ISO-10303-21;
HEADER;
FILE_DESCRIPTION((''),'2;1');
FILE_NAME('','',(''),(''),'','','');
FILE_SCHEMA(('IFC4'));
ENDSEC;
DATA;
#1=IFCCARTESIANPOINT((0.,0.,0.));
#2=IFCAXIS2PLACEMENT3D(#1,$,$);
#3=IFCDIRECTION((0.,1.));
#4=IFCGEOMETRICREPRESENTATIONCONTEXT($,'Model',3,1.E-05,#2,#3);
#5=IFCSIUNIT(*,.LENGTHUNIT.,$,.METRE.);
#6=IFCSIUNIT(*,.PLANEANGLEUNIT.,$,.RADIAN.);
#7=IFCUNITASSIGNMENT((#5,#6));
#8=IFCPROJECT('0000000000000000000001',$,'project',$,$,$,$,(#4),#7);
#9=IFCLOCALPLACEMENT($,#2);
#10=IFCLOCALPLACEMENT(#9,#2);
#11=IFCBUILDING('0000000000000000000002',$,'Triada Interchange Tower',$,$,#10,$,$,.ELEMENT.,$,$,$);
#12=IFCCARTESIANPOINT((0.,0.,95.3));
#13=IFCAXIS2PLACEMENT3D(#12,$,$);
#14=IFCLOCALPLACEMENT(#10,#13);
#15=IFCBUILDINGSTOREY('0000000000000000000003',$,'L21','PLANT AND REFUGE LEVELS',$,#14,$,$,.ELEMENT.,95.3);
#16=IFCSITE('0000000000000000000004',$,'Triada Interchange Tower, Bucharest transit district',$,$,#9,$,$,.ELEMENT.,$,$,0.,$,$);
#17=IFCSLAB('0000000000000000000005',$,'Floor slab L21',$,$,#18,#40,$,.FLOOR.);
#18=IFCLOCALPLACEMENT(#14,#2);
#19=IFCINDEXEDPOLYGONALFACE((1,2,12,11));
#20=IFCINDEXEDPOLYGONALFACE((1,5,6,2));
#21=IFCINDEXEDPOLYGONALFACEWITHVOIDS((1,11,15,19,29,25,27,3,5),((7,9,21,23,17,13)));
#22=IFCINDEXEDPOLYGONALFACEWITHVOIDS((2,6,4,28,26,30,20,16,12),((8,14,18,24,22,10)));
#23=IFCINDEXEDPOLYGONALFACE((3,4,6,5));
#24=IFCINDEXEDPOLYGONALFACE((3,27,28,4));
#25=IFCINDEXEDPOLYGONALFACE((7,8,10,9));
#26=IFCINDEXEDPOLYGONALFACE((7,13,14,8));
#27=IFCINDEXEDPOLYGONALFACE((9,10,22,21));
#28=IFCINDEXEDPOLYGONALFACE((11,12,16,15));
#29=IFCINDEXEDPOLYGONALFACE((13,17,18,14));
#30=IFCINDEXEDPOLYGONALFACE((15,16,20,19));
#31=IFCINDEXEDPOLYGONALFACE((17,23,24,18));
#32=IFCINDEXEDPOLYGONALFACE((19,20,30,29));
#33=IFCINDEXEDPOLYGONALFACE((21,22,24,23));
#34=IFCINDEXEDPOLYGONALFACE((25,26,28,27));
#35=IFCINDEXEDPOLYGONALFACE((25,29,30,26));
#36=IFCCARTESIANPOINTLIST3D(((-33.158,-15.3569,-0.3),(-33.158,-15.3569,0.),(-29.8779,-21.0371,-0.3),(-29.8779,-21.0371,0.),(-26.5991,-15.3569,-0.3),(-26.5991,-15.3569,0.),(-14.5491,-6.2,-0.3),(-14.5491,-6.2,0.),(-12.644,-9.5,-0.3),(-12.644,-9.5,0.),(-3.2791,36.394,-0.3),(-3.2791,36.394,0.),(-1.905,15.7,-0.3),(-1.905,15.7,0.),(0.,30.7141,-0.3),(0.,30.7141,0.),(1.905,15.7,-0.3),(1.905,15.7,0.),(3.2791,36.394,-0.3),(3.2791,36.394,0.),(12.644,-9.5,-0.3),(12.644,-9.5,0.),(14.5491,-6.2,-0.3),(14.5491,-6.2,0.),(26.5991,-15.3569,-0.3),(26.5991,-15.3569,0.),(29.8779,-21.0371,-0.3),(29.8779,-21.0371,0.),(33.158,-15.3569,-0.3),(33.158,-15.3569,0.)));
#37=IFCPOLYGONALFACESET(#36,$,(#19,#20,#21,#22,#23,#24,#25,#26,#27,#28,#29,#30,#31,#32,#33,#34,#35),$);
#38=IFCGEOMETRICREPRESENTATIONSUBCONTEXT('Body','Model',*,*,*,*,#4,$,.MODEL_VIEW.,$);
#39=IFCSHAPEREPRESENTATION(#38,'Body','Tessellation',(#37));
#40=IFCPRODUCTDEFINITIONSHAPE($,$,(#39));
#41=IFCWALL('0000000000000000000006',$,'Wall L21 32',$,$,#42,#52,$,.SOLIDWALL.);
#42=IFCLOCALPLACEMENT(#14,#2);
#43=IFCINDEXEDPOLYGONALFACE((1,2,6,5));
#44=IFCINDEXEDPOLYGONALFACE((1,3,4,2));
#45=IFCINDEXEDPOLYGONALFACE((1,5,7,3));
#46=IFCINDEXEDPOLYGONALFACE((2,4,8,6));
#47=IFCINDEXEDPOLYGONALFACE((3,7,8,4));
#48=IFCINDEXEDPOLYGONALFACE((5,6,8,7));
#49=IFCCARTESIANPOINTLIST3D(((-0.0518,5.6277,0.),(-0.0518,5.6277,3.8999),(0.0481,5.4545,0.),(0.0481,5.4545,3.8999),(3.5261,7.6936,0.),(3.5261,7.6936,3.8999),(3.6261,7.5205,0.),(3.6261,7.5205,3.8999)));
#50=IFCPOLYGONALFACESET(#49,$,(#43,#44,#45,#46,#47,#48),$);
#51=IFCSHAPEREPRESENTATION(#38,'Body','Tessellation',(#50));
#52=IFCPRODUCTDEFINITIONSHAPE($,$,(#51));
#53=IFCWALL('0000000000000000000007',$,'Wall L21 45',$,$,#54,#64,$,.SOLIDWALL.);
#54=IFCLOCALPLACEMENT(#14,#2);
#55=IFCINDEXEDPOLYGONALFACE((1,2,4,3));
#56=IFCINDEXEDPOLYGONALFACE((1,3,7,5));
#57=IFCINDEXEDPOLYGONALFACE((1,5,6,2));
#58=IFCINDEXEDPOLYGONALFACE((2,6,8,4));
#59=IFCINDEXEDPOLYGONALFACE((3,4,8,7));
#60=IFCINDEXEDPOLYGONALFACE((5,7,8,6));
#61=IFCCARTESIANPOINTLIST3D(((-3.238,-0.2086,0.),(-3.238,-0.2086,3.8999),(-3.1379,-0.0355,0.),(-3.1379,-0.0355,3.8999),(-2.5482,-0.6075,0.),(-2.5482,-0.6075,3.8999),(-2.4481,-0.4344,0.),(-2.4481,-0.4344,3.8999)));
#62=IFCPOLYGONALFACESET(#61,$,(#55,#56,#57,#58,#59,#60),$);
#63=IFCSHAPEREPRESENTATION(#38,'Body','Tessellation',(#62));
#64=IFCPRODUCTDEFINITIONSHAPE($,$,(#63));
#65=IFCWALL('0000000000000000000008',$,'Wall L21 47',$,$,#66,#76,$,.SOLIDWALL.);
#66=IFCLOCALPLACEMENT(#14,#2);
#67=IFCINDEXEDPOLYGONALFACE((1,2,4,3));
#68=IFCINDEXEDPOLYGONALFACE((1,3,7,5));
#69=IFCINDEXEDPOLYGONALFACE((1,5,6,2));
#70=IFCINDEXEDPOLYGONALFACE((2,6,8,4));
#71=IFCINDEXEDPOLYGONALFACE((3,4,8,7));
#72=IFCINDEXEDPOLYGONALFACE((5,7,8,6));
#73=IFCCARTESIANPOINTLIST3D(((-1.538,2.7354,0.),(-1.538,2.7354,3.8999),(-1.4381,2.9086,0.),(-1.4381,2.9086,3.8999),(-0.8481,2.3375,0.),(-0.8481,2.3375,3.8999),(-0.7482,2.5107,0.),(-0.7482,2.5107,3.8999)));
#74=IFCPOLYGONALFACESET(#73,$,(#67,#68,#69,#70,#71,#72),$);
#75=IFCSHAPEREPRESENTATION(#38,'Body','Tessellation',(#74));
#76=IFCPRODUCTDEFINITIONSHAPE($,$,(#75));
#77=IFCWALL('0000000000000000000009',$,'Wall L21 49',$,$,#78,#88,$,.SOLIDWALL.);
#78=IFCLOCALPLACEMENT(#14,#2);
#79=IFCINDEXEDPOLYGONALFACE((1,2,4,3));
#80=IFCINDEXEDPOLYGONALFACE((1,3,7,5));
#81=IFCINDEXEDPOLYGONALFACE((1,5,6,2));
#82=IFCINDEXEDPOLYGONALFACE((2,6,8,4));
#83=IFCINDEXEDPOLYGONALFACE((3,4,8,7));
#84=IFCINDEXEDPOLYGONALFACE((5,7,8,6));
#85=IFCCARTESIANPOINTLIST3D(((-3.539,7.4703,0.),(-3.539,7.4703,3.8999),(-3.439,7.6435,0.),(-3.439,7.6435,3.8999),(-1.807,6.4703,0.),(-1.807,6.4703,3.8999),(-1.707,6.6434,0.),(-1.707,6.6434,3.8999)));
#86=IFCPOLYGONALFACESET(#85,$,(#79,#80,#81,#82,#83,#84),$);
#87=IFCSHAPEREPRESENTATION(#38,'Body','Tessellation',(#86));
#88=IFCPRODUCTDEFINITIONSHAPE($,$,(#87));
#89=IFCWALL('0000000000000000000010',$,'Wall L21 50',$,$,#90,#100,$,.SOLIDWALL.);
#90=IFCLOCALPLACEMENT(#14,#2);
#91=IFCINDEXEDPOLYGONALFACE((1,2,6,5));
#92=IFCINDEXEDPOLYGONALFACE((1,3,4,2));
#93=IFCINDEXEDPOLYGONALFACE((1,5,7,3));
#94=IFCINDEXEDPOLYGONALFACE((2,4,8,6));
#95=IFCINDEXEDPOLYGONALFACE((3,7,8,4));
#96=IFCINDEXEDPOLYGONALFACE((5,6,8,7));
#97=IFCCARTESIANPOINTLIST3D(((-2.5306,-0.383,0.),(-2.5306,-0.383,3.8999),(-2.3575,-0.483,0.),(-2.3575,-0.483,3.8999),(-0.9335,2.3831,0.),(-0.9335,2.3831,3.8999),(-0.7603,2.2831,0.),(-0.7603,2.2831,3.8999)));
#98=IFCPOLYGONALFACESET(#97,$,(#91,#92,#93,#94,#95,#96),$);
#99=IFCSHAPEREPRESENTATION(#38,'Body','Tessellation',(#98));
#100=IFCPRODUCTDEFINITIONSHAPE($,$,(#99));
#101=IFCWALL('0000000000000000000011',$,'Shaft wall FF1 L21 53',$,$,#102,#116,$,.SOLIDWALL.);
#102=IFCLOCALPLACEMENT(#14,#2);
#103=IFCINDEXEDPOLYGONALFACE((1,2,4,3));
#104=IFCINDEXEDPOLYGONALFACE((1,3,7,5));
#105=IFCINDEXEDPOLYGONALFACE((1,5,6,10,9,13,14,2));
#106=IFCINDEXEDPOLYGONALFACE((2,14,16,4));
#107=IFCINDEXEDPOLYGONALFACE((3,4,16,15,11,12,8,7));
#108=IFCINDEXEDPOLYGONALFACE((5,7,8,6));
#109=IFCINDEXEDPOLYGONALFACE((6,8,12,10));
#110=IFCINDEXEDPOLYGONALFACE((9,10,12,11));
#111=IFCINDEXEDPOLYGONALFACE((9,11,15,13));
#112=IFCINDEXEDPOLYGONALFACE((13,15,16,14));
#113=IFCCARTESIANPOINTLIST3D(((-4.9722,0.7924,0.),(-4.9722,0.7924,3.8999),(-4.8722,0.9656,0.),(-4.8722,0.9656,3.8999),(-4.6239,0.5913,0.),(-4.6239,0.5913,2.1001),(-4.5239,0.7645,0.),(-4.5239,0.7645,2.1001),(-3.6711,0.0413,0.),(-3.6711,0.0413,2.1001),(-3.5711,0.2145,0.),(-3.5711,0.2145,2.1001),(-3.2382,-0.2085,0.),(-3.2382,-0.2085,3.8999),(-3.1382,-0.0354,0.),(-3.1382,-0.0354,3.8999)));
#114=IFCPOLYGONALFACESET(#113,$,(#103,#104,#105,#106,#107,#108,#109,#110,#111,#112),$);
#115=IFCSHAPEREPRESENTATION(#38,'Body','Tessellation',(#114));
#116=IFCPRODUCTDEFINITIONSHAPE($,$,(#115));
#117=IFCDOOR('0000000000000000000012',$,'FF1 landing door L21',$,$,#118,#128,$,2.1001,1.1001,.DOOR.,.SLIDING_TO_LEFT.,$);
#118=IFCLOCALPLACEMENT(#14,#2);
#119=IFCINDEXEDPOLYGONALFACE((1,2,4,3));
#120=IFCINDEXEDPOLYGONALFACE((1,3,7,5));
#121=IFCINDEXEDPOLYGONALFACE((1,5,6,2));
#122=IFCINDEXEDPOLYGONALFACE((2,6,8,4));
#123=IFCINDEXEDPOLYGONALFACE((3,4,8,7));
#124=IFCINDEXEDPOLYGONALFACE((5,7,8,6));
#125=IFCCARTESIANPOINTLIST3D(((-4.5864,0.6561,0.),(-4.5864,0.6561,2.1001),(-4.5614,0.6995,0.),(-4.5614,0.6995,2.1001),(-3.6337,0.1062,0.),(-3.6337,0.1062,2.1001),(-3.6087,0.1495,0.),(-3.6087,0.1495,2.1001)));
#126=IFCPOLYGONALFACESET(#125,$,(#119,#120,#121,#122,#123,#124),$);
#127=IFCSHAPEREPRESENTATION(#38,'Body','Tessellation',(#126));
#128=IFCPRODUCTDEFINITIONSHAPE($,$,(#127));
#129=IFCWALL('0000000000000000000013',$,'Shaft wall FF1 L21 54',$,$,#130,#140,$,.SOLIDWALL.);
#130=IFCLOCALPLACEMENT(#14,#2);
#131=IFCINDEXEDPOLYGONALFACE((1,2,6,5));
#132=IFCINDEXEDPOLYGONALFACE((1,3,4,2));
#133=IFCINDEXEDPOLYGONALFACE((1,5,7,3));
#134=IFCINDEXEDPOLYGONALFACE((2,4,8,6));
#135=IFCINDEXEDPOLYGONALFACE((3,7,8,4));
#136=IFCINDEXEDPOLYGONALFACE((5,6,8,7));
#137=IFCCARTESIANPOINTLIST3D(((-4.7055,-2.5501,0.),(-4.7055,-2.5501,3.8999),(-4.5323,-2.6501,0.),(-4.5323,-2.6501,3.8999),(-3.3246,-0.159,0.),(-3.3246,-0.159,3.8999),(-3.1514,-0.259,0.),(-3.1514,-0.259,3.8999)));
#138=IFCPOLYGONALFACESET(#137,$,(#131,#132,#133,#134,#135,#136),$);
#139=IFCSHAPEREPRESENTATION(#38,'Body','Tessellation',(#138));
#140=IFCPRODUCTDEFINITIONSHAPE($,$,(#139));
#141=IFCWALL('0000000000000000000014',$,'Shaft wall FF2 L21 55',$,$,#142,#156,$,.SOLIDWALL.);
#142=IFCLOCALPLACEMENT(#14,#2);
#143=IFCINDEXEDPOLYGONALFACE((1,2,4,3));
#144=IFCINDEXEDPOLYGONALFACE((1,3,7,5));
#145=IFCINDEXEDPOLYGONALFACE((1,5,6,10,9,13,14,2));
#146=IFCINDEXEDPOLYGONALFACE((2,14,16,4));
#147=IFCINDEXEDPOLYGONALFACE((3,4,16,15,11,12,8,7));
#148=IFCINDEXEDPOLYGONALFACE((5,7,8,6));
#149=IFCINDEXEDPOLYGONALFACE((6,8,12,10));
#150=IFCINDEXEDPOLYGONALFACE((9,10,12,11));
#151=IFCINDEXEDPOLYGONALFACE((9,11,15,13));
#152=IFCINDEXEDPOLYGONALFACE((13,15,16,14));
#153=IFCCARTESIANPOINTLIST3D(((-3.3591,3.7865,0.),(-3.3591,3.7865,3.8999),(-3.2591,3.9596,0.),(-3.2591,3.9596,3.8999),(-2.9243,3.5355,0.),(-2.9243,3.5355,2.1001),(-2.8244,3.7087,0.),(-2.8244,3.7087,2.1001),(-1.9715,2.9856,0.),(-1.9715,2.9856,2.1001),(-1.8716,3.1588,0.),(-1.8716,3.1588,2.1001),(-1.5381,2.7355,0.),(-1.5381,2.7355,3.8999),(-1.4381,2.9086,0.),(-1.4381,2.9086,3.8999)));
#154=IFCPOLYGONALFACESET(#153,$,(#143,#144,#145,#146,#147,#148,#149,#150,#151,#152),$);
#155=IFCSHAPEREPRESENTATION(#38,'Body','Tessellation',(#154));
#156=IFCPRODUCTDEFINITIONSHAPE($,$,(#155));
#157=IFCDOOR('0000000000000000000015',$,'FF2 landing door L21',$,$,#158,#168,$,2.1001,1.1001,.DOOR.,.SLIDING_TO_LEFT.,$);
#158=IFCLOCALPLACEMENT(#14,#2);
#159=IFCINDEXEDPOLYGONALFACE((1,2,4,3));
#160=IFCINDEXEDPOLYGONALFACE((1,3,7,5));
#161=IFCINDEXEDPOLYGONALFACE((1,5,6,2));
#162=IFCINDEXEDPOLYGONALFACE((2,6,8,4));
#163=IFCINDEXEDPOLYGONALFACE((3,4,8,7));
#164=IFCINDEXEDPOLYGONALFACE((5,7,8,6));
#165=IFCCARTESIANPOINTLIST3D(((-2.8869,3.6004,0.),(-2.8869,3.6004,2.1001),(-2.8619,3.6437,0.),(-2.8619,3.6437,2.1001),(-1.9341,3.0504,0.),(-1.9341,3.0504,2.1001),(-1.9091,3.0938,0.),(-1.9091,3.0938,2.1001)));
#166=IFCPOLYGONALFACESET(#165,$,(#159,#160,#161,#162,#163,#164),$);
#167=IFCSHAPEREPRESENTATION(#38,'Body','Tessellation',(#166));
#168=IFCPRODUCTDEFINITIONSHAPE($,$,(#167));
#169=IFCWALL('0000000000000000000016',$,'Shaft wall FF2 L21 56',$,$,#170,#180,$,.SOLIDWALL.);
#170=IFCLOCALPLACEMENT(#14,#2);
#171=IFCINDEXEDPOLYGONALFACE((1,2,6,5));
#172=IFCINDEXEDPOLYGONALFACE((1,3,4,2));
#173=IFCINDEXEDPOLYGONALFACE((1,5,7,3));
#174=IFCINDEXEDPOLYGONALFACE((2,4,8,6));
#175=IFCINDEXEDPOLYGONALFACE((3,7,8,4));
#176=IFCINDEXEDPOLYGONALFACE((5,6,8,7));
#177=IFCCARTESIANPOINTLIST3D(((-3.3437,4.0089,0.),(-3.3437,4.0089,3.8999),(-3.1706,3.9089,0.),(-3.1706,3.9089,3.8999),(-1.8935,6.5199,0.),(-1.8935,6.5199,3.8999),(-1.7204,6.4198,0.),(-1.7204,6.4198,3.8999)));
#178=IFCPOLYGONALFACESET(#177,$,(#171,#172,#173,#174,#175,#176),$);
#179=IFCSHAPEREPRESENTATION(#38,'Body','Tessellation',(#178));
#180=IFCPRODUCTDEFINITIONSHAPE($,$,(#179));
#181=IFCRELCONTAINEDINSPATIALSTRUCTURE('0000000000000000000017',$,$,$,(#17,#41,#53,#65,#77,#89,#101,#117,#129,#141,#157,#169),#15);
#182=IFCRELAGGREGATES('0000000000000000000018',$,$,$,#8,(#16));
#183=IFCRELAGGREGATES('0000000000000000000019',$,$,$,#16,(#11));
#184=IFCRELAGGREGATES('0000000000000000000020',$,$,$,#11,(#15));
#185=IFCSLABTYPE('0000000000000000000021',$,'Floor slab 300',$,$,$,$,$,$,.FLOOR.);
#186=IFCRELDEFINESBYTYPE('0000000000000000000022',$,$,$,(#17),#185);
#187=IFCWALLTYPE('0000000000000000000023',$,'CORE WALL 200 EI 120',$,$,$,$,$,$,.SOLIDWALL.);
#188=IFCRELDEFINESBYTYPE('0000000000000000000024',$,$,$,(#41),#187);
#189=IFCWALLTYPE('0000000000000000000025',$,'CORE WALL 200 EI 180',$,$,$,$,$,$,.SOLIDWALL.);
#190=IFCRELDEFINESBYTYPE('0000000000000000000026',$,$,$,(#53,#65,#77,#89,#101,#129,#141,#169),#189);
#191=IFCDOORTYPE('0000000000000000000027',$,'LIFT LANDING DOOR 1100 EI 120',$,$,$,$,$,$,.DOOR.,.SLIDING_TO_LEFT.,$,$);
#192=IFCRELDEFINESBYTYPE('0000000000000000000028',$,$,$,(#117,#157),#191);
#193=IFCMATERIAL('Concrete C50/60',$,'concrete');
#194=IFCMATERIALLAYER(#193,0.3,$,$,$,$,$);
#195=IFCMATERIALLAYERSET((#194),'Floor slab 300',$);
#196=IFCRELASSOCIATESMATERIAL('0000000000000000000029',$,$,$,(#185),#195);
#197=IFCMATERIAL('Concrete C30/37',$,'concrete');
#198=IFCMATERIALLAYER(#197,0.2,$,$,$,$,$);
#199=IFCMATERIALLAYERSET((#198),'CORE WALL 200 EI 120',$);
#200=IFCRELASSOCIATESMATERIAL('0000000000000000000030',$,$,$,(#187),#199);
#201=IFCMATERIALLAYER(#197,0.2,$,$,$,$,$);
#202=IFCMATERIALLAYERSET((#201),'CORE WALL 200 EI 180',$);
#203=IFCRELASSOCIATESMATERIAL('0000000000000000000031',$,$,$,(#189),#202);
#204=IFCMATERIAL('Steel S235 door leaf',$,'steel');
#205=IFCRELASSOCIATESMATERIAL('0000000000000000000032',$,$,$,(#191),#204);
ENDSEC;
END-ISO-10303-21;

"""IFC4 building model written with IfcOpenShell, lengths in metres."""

from ifc_helpers import new_model, si_unit, direction, frame, frame_2d, origin, place, context, subcontext, project, spatial, polyline, rectangle, outline, extrude, material, layer, layer_set, type_object, element, fill, save


model = new_model("IFC4")

# Units and contexts
model_context = context("Model", 3, precision=1e-05, world=origin(), true_north=direction((0.0, 1.0)))
body_context = subcontext(model_context, "Body", "Model", "MODEL_VIEW")
ifc_project = project(units=[si_unit("LENGTHUNIT", "METRE"), si_unit("PLANEANGLEUNIT", "RADIAN")], contexts=[model_context])

# Site, building, storey
site_placement = place(None, origin())
site = spatial("IfcSite", under=ifc_project, at=site_placement, Name="Triada Interchange Tower, Bucharest transit district", CompositionType="ELEMENT", RefElevation=0.0)
building_placement = place(site_placement, origin())
building = spatial("IfcBuilding", under=site, at=building_placement, Name="Triada Interchange Tower", CompositionType="ELEMENT")
storey_placement = place(building_placement, frame((0.0, 0.0, 95.3)))
storey = spatial("IfcBuildingStorey", under=building, at=storey_placement, Name="L21", Description="PLANT AND REFUGE LEVELS", CompositionType="ELEMENT", Elevation=95.3)

# Slab
ifc_material_1 = material(Name="Concrete C50/60", Category="concrete")
ifc_layer_1 = layer(ifc_material_1, 0.3)
ifc_layer_set_1 = layer_set([ifc_layer_1], Name="Floor slab 300")
slab_type = type_object("IfcSlabType", Name="Floor slab 300", PredefinedType="FLOOR", material=ifc_layer_set_1)
slab_placement = place(storey_placement, frame((0.0, 0.0, -0.3)))
element("IfcSlab", 1, at=slab_placement, inside=storey, type_object=slab_type, Name="Floor slab L21", PredefinedType="FLOOR", context=body_context, shape_type="SweptSolid", body=[
    extrude(outline(polyline([(-3.2791, 36.394), (-33.158, -15.3569), (-26.5991, -15.3569), (-29.8779, -21.0371), (29.8779, -21.0371), (26.5991, -15.3569), (33.158, -15.3569), (3.2791, 36.394), (0.0, 30.7141), (-3.2791, 36.394)]), holes=[polyline([(1.905, 15.7), (-1.905, 15.7), (-14.5491, -6.2), (-12.644, -9.5), (12.644, -9.5), (14.5491, -6.2), (1.905, 15.7)])]), origin(), (0.0, 0.0, 1.0), 0.3),
])

# Walls
ifc_material_2 = material(Name="Concrete C30/37", Category="concrete")
ifc_layer_2 = layer(ifc_material_2, 0.2)
ifc_layer_set_2 = layer_set([ifc_layer_2], Name="CORE WALL 200 EI 120")
wall_type_1 = type_object("IfcWallType", Name="CORE WALL 200 EI 120", PredefinedType="SOLIDWALL", material=ifc_layer_set_2)
wall_1_placement = place(storey_placement, frame((-0.002, 5.541, 0.0), z_axis=(0.0, 0.0, 1.0), x_axis=(0.866002, 0.500041, 0.0)))
element("IfcWall", 2, at=wall_1_placement, inside=storey, type_object=wall_type_1, Name="Wall L21 32", PredefinedType="SOLIDWALL", context=body_context, shape_type="SweptSolid", body=[
    extrude(rectangle(XDim=4.1316, YDim=0.2, at=frame_2d((2.0659, 0.0))), origin(), (0.0, 0.0, 1.0), 3.8999),
])
ifc_layer_3 = layer(ifc_material_2, 0.2)
ifc_layer_set_3 = layer_set([ifc_layer_3], Name="CORE WALL 200 EI 180")
wall_type_2 = type_object("IfcWallType", Name="CORE WALL 200 EI 180", PredefinedType="SOLIDWALL", material=ifc_layer_set_3)
wall_2_placement = place(storey_placement, frame((-3.188, -0.1221, 0.0), z_axis=(0.0, 0.0, 1.0), x_axis=(0.865706, -0.500553, 0.0)))
element("IfcWall", 3, at=wall_2_placement, inside=storey, type_object=wall_type_2, Name="Wall L21 45", PredefinedType="SOLIDWALL", context=body_context, shape_type="SweptSolid", body=[
    extrude(rectangle(XDim=0.7969, YDim=0.2, at=frame_2d((0.3984, 0.0))), origin(), (0.0, 0.0, 1.0), 3.8999),
])
wall_3_placement = place(storey_placement, frame((-1.488, 2.822, 0.0), z_axis=(0.0, 0.0, 1.0), x_axis=(0.866237, -0.499634, 0.0)))
element("IfcWall", 4, at=wall_3_placement, inside=storey, type_object=wall_type_2, Name="Wall L21 47", PredefinedType="SOLIDWALL", context=body_context, shape_type="SweptSolid", body=[
    extrude(rectangle(XDim=0.7964, YDim=0.2, at=frame_2d((0.3982, 0.0))), origin(), (0.0, 0.0, 1.0), 3.8999),
])
wall_4_placement = place(storey_placement, frame((-3.489, 7.5569, 0.0), z_axis=(0.0, 0.0, 1.0), x_axis=(0.866011, -0.500025, 0.0)))
element("IfcWall", 5, at=wall_4_placement, inside=storey, type_object=wall_type_2, Name="Wall L21 49", PredefinedType="SOLIDWALL", context=body_context, shape_type="SweptSolid", body=[
    extrude(rectangle(XDim=2.0, YDim=0.2, at=frame_2d((1.0, 0.0))), origin(), (0.0, 0.0, 1.0), 3.8999),
])
wall_5_placement = place(storey_placement, frame((-2.4441, -0.4331, 0.0), z_axis=(0.0, 0.0, 1.0), x_axis=(0.500036, 0.866005, 0.0)))
element("IfcWall", 6, at=wall_5_placement, inside=storey, type_object=wall_type_2, Name="Wall L21 50", PredefinedType="SOLIDWALL", context=body_context, shape_type="SweptSolid", body=[
    extrude(rectangle(XDim=3.1941, YDim=0.2, at=frame_2d((1.5972, 0.0))), origin(), (0.0, 0.0, 1.0), 3.8999),
])

# Wall, opening, door
wall_6_placement = place(storey_placement, frame((-4.9221, 0.8789, 0.0), z_axis=(0.0, 0.0, 1.0), x_axis=(0.866074, -0.499916, 0.0)))
wall_6 = element("IfcWall", 7, at=wall_6_placement, inside=storey, type_object=wall_type_2, Name="Shaft wall FF1 L21 53", PredefinedType="SOLIDWALL", context=body_context, shape_type="SweptSolid", body=[
    extrude(rectangle(XDim=2.0022, YDim=0.2, at=frame_2d((1.001, 0.0))), origin(), (0.0, 0.0, 1.0), 3.8999),
])
opening_1_placement = place(wall_6_placement, frame((0.4021, 0.0, 0.0)))
opening_1 = element("IfcOpeningElement", 8, at=opening_1_placement, cuts=wall_6, PredefinedType="OPENING", context=body_context, shape_type="SweptSolid", body=[
    extrude(rectangle(XDim=1.1001, YDim=2.1001, at=frame_2d((0.55, 1.05))), frame((0.0, 0.1099, 0.0), z_axis=(0.0, -1.0, 0.0), x_axis=(1.0, 0.0, 0.0)), (0.0, 0.0, 1.0), 0.22),
])
ifc_material_3 = material(Name="Steel S235 door leaf", Category="steel")
door_type = type_object("IfcDoorType", Name="LIFT LANDING DOOR 1100 EI 120", OperationType="SLIDING_TO_LEFT", PredefinedType="DOOR", material=ifc_material_3)
door_1_placement = place(opening_1_placement, origin())
door_1 = element("IfcDoor", 9, at=door_1_placement, inside=storey, type_object=door_type, Name="FF1 landing door L21", OperationType="SLIDING_TO_LEFT", OverallHeight=2.1001, OverallWidth=1.1001, PredefinedType="DOOR", context=body_context, shape_type="SweptSolid", body=[
    extrude(rectangle(XDim=1.1001, YDim=2.1001, at=frame_2d((0.55, 1.05))), frame((0.0, 0.0249, 0.0), z_axis=(0.0, -1.0, 0.0), x_axis=(1.0, 0.0, 0.0)), (0.0, 0.0, 1.0), 0.05),
])
fill(opening_1, door_1)

# Wall
wall_7_placement = place(storey_placement, frame((-4.6189, -2.6001, 0.0), z_axis=(0.0, 0.0, 1.0), x_axis=(0.500095, 0.865971, 0.0)))
element("IfcWall", 10, at=wall_7_placement, inside=storey, type_object=wall_type_2, Name="Shaft wall FF1 L21 54", PredefinedType="SOLIDWALL", context=body_context, shape_type="SweptSolid", body=[
    extrude(rectangle(XDim=2.7612, YDim=0.2, at=frame_2d((1.3806, 0.0))), origin(), (0.0, 0.0, 1.0), 3.8999),
])

# Wall, opening, door
wall_8_placement = place(storey_placement, frame((-3.3091, 3.873, 0.0), z_axis=(0.0, 0.0, 1.0), x_axis=(0.866099, -0.499873, 0.0)))
wall_8 = element("IfcWall", 11, at=wall_8_placement, inside=storey, type_object=wall_type_2, Name="Shaft wall FF2 L21 55", PredefinedType="SOLIDWALL", context=body_context, shape_type="SweptSolid", body=[
    extrude(rectangle(XDim=2.1025, YDim=0.2, at=frame_2d((1.0513, 0.0))), origin(), (0.0, 0.0, 1.0), 3.8999),
])
opening_2_placement = place(wall_8_placement, frame((0.502, 0.0, 0.0)))
opening_2 = element("IfcOpeningElement", 12, at=opening_2_placement, cuts=wall_8, PredefinedType="OPENING", context=body_context, shape_type="SweptSolid", body=[
    extrude(rectangle(XDim=1.1001, YDim=2.1001, at=frame_2d((0.55, 1.05))), frame((0.0, 0.1099, 0.0), z_axis=(0.0, -1.0, 0.0), x_axis=(1.0, 0.0, 0.0)), (0.0, 0.0, 1.0), 0.22),
])
door_2_placement = place(opening_2_placement, origin())
door_2 = element("IfcDoor", 13, at=door_2_placement, inside=storey, type_object=door_type, Name="FF2 landing door L21", OperationType="SLIDING_TO_LEFT", OverallHeight=2.1001, OverallWidth=1.1001, PredefinedType="DOOR", context=body_context, shape_type="SweptSolid", body=[
    extrude(rectangle(XDim=1.1001, YDim=2.1001, at=frame_2d((0.55, 1.05))), frame((0.0, 0.0249, 0.0), z_axis=(0.0, -1.0, 0.0), x_axis=(1.0, 0.0, 0.0)), (0.0, 0.0, 1.0), 0.05),
])
fill(opening_2, door_2)

# Wall
wall_9_placement = place(storey_placement, frame((-3.2571, 3.959, 0.0), z_axis=(0.0, 0.0, 1.0), x_axis=(0.500123, 0.865954, 0.0)))
element("IfcWall", 14, at=wall_9_placement, inside=storey, type_object=wall_type_2, Name="Shaft wall FF2 L21 56", PredefinedType="SOLIDWALL", context=body_context, shape_type="SweptSolid", body=[
    extrude(rectangle(XDim=2.8997, YDim=0.2, at=frame_2d((1.4497, 0.0))), origin(), (0.0, 0.0, 1.0), 3.8999),
])

save(model, "model.ifc")
